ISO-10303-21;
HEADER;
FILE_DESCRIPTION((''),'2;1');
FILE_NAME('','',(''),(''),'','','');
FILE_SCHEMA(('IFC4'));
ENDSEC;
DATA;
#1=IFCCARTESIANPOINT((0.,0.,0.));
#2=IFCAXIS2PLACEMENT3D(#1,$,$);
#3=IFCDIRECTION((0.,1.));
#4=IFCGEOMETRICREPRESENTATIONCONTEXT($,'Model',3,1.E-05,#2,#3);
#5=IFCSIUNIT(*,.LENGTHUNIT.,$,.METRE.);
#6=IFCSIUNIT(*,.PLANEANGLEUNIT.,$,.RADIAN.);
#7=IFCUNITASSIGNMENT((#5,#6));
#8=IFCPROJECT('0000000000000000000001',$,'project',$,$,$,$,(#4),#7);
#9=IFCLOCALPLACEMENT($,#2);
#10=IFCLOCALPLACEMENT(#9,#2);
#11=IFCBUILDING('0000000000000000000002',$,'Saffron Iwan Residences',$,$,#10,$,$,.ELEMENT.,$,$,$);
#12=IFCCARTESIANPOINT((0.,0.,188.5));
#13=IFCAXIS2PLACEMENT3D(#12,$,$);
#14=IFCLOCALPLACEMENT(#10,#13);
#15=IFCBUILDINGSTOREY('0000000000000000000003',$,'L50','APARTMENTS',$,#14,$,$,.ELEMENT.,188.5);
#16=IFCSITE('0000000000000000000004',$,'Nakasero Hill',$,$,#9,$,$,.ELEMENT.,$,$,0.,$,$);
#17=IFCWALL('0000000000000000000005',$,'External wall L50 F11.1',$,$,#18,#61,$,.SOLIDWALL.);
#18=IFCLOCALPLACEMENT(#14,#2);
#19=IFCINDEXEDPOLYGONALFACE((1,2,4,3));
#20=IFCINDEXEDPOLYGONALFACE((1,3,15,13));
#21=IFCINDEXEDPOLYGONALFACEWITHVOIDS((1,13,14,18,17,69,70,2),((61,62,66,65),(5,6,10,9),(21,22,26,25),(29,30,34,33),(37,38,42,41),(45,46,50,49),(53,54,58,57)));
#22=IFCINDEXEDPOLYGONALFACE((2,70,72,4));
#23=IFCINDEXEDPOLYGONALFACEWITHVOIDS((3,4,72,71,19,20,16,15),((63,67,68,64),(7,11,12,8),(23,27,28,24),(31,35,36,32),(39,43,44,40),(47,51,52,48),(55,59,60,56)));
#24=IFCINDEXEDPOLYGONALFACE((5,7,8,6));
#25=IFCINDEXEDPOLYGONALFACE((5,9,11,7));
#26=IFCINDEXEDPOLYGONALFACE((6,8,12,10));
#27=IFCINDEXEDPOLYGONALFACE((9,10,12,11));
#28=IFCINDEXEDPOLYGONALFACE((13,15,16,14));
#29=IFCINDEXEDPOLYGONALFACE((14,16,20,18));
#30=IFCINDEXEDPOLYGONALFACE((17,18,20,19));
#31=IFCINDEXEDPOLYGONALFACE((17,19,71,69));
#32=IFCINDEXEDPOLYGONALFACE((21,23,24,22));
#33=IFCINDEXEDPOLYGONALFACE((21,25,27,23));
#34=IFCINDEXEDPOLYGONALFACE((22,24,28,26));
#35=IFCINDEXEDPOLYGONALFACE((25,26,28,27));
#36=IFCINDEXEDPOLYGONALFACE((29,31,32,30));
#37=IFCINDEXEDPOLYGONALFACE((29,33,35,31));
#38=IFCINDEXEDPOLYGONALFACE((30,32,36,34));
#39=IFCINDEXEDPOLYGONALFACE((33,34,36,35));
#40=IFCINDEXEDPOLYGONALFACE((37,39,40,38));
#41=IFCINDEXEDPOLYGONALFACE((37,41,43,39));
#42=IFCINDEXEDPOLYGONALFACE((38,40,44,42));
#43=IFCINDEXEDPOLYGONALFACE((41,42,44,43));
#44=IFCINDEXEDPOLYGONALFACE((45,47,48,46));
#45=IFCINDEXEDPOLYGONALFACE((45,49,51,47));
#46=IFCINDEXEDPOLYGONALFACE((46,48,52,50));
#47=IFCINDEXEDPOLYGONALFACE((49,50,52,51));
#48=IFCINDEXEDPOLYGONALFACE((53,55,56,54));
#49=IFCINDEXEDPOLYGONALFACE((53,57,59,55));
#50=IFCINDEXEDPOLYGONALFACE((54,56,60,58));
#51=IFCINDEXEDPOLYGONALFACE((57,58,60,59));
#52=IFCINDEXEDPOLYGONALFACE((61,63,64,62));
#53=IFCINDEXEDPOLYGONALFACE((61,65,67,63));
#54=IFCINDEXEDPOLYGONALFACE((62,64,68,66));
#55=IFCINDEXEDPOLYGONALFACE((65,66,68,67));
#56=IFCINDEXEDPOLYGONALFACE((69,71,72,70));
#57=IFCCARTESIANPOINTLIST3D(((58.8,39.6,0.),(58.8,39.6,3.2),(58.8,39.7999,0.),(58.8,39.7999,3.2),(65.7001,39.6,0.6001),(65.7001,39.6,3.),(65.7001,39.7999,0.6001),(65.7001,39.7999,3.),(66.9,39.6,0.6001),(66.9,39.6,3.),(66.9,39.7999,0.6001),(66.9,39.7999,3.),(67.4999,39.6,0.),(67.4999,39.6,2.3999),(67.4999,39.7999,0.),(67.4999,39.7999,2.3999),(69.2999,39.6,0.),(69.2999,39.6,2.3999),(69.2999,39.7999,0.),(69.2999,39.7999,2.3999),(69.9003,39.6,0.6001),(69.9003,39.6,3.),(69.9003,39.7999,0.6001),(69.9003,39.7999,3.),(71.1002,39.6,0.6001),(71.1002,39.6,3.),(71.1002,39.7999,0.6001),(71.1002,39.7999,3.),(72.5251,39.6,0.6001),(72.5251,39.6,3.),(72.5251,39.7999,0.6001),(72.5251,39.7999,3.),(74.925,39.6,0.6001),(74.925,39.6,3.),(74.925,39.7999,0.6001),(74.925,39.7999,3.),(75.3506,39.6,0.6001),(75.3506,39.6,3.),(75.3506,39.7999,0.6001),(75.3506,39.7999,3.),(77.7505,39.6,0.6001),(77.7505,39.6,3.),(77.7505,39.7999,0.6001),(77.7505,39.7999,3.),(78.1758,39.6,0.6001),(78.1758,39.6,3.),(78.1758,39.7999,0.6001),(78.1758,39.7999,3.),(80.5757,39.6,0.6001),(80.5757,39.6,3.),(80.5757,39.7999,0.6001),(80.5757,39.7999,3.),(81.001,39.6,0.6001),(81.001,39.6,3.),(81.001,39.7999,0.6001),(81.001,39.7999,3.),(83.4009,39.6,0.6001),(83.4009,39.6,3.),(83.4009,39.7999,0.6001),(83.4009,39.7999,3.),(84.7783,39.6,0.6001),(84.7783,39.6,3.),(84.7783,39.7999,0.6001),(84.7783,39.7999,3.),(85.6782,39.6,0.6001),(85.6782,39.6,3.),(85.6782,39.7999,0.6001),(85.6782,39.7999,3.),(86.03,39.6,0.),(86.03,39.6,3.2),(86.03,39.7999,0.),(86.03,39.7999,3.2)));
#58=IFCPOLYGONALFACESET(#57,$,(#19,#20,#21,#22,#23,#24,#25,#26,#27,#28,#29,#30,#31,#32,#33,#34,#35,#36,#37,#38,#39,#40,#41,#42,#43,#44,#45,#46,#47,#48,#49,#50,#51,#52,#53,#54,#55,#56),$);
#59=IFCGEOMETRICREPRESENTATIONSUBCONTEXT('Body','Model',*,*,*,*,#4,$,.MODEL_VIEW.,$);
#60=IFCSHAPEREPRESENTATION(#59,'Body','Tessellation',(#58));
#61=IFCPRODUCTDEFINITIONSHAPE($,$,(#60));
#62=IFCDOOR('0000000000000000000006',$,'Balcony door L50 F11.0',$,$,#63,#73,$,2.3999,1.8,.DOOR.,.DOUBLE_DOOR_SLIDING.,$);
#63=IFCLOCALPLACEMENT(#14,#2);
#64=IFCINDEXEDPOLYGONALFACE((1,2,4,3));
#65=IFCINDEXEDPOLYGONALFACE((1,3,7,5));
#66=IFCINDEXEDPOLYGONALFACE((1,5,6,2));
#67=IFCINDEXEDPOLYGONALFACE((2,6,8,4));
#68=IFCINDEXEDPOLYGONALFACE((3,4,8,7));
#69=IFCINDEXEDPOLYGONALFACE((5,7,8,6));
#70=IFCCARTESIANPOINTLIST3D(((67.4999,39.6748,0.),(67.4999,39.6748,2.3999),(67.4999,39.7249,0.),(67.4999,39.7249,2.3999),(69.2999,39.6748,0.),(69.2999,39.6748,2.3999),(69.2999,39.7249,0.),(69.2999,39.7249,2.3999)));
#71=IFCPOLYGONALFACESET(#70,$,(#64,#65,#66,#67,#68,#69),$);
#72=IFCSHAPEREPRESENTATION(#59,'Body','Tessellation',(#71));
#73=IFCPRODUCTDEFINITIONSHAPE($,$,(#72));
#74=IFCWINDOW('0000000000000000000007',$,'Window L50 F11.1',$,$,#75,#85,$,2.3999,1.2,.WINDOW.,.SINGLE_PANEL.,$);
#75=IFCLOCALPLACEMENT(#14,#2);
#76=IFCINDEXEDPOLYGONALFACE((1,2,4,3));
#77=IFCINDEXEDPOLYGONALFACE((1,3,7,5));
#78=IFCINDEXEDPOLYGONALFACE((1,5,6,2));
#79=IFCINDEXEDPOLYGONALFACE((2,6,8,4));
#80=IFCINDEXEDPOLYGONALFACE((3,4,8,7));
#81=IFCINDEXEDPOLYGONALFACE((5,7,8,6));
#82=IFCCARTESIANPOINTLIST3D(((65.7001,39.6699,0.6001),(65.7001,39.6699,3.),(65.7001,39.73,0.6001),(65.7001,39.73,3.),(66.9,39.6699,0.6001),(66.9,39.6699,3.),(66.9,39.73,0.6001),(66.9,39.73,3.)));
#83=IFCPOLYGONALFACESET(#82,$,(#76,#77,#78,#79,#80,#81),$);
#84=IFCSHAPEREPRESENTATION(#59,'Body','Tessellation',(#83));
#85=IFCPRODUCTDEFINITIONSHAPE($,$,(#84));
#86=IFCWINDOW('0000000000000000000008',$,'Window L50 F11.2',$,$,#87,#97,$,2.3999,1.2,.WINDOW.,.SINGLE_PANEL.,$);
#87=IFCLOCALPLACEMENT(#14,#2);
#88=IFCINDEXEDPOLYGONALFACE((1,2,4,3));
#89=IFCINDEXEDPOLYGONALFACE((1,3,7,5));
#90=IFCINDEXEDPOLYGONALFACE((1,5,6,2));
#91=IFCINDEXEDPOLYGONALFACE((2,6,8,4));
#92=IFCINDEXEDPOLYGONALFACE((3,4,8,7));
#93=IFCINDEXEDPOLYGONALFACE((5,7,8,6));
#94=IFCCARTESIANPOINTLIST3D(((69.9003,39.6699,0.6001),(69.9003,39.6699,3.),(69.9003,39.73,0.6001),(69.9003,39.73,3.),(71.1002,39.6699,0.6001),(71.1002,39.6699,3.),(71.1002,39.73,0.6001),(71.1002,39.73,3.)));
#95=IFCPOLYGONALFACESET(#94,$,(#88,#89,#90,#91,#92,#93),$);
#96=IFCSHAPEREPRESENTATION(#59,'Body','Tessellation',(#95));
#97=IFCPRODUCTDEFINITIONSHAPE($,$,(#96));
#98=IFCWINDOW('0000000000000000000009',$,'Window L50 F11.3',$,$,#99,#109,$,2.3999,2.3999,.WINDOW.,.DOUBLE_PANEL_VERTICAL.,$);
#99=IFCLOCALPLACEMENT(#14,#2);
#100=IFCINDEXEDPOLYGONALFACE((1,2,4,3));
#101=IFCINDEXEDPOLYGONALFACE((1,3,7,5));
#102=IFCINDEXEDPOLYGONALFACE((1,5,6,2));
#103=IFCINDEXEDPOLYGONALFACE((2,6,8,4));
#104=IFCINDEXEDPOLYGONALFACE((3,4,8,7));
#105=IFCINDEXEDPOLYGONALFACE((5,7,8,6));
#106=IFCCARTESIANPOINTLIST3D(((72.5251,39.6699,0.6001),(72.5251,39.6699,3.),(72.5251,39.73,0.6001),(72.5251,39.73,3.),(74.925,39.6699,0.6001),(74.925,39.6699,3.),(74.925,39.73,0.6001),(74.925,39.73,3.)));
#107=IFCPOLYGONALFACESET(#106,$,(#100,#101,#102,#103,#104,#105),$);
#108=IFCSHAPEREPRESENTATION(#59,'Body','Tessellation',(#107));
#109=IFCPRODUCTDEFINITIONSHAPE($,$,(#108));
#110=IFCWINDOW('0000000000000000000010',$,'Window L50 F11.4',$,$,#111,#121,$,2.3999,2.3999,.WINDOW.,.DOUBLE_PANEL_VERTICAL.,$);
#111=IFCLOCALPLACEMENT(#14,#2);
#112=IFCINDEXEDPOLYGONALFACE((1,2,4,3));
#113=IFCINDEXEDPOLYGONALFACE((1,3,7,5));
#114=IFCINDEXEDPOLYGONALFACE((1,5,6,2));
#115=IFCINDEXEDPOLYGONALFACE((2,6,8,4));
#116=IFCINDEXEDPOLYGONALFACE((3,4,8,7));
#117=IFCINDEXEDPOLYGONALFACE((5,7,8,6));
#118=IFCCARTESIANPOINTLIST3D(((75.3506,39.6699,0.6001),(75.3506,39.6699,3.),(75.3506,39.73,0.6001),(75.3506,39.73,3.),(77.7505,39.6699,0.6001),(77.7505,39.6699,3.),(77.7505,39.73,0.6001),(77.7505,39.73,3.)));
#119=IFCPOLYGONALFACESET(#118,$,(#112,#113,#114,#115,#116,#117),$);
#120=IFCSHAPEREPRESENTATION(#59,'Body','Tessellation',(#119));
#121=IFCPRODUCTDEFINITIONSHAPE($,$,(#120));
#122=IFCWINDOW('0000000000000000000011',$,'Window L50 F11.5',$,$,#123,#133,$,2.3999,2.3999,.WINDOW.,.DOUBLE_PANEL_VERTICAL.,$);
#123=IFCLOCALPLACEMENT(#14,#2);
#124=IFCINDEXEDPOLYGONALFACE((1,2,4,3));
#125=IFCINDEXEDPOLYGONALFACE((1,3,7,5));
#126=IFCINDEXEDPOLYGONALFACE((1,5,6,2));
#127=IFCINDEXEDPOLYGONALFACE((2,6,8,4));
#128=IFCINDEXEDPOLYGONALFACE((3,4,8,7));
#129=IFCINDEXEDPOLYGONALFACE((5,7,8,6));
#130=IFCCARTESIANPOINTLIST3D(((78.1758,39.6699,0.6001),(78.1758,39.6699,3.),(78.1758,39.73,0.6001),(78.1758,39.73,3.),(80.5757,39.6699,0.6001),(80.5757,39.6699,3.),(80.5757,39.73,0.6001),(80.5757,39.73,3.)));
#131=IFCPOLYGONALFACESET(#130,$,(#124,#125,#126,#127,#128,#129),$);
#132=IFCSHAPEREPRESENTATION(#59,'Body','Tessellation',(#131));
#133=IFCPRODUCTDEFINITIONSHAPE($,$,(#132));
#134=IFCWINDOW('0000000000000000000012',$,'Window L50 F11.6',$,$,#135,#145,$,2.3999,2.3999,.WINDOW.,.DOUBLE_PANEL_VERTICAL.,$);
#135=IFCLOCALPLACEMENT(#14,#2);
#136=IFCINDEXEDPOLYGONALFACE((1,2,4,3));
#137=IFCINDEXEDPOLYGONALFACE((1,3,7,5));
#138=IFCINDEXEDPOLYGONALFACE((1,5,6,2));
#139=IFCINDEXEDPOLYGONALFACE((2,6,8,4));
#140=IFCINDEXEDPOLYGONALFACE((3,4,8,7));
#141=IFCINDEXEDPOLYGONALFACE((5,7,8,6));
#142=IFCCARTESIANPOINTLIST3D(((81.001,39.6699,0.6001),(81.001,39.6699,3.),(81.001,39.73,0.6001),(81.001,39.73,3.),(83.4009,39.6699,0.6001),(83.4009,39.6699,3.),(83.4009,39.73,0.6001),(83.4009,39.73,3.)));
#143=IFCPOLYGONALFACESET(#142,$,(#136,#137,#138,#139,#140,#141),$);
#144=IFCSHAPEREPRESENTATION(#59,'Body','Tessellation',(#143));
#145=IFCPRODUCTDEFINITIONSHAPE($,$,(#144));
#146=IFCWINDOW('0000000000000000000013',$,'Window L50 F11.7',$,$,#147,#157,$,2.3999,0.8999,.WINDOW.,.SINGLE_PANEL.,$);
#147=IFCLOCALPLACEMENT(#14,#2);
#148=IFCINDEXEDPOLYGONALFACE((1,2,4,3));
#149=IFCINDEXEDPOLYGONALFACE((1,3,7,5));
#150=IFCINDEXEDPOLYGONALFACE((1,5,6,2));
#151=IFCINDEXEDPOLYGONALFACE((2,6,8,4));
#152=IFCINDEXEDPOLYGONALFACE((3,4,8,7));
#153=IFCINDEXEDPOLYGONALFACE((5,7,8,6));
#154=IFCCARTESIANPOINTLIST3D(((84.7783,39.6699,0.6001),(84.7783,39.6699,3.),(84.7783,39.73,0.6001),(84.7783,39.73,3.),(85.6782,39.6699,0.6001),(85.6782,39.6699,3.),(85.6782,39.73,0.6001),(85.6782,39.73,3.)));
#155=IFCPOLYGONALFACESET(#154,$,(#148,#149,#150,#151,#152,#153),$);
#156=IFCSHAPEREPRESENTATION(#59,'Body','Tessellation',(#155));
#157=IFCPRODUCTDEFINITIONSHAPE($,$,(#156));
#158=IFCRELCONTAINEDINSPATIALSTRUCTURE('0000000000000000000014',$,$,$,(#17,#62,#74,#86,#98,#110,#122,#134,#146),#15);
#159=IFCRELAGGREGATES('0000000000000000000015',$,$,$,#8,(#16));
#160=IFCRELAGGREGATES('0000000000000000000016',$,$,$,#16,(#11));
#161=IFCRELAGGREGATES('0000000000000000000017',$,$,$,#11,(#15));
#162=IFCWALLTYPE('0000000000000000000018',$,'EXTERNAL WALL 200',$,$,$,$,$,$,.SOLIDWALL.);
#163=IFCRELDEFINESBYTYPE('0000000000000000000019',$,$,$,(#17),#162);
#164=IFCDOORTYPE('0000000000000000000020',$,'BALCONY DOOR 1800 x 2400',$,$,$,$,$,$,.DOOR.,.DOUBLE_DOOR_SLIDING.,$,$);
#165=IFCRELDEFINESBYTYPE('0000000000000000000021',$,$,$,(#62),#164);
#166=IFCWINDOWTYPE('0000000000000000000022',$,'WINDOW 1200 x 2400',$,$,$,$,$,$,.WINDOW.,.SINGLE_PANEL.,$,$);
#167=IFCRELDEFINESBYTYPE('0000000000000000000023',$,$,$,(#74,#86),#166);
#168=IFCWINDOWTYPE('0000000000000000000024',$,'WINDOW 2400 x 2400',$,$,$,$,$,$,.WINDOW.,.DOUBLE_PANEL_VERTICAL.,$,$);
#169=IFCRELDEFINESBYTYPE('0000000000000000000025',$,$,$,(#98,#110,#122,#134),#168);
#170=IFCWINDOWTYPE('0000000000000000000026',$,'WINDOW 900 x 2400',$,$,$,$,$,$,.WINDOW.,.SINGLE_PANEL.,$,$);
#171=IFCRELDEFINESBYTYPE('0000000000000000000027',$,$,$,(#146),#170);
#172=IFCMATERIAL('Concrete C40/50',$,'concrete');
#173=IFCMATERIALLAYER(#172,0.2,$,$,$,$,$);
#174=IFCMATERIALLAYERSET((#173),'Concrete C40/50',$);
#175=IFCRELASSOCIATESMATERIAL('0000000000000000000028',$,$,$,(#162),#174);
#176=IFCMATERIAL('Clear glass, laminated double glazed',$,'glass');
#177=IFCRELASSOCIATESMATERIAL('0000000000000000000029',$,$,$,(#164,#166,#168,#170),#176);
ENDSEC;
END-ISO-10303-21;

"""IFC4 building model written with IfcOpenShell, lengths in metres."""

from ifc_helpers import new_model, si_unit, direction, frame, frame_2d, origin, place, context, subcontext, project, spatial, rectangle, extrude, material, layer, layer_set, type_object, element, fill, save


model = new_model("IFC4")

# Units and contexts
model_context = context("Model", 3, precision=1e-05, world=origin(), true_north=direction((0.0, 1.0)))
body_context = subcontext(model_context, "Body", "Model", "MODEL_VIEW")
ifc_project = project(units=[si_unit("LENGTHUNIT", "METRE"), si_unit("PLANEANGLEUNIT", "RADIAN")], contexts=[model_context])

# Site, building, storey
site_placement = place(None, origin())
site = spatial("IfcSite", under=ifc_project, at=site_placement, Name="Nakasero Hill", CompositionType="ELEMENT", RefElevation=0.0)
building_placement = place(site_placement, origin())
building = spatial("IfcBuilding", under=site, at=building_placement, Name="Saffron Iwan Residences", CompositionType="ELEMENT")
storey_placement = place(building_placement, frame((0.0, 0.0, 188.5)))
storey = spatial("IfcBuildingStorey", under=building, at=storey_placement, Name="L50", Description="APARTMENTS", CompositionType="ELEMENT", Elevation=188.5)

# Wall, openings, door, windows
ifc_material_1 = material(Name="Concrete C40/50", Category="concrete")
ifc_layer_1 = layer(ifc_material_1, 0.2)
ifc_layer_set_1 = layer_set([ifc_layer_1], Name="Concrete C40/50")
wall_type_1 = type_object("IfcWallType", Name="EXTERNAL WALL 200", PredefinedType="SOLIDWALL", material=ifc_layer_set_1)
wall_1_placement = place(storey_placement, frame((58.8, 39.7, 0.0), z_axis=(0.0, 0.0, 1.0), x_axis=(1.0, 0.0, 0.0)))
wall_1 = element("IfcWall", 1, at=wall_1_placement, inside=storey, type_object=wall_type_1, Name="External wall L50 F11.1", PredefinedType="SOLIDWALL", context=body_context, shape_type="SweptSolid", body=[
    extrude(rectangle(XDim=27.23, YDim=0.2, at=frame_2d((13.615, 0.0))), origin(), (0.0, 0.0, 1.0), 3.2),
])
opening_1_placement = place(wall_1_placement, frame((8.7, 0.0, 0.0)))
opening_1 = element("IfcOpeningElement", 2, at=opening_1_placement, cuts=wall_1, PredefinedType="OPENING", context=body_context, shape_type="SweptSolid", body=[
    extrude(rectangle(XDim=1.8, YDim=2.3999, at=frame_2d((0.8999, 1.2))), frame((0.0, 0.1099, 0.0), z_axis=(0.0, -1.0, 0.0), x_axis=(1.0, 0.0, 0.0)), (0.0, 0.0, 1.0), 0.22),
])
opening_2_placement = place(wall_1_placement, frame((6.8999, 0.0, 0.6001)))
opening_2 = element("IfcOpeningElement", 3, at=opening_2_placement, cuts=wall_1, PredefinedType="OPENING", context=body_context, shape_type="SweptSolid", body=[
    extrude(rectangle(XDim=1.2, YDim=2.3999, at=frame_2d((0.6001, 1.2))), frame((0.0, 0.1099, 0.0), z_axis=(0.0, -1.0, 0.0), x_axis=(1.0, 0.0, 0.0)), (0.0, 0.0, 1.0), 0.22),
])
opening_3_placement = place(wall_1_placement, frame((11.1001, 0.0, 0.6001)))
opening_3 = element("IfcOpeningElement", 4, at=opening_3_placement, cuts=wall_1, PredefinedType="OPENING", context=body_context, shape_type="SweptSolid", body=[
    extrude(rectangle(XDim=1.2, YDim=2.3999, at=frame_2d((0.6001, 1.2))), frame((0.0, 0.1099, 0.0), z_axis=(0.0, -1.0, 0.0), x_axis=(1.0, 0.0, 0.0)), (0.0, 0.0, 1.0), 0.22),
])
opening_4_placement = place(wall_1_placement, frame((13.7251, 0.0, 0.6001)))
opening_4 = element("IfcOpeningElement", 5, at=opening_4_placement, cuts=wall_1, PredefinedType="OPENING", context=body_context, shape_type="SweptSolid", body=[
    extrude(rectangle(XDim=2.3999, YDim=2.3999, at=frame_2d((1.2, 1.2))), frame((0.0, 0.1099, 0.0), z_axis=(0.0, -1.0, 0.0), x_axis=(1.0, 0.0, 0.0)), (0.0, 0.0, 1.0), 0.22),
])
opening_5_placement = place(wall_1_placement, frame((16.5505, 0.0, 0.6001)))
opening_5 = element("IfcOpeningElement", 6, at=opening_5_placement, cuts=wall_1, PredefinedType="OPENING", context=body_context, shape_type="SweptSolid", body=[
    extrude(rectangle(XDim=2.3999, YDim=2.3999, at=frame_2d((1.2, 1.2))), frame((0.0, 0.1099, 0.0), z_axis=(0.0, -1.0, 0.0), x_axis=(1.0, 0.0, 0.0)), (0.0, 0.0, 1.0), 0.22),
])
opening_6_placement = place(wall_1_placement, frame((19.3757, 0.0, 0.6001)))
opening_6 = element("IfcOpeningElement", 7, at=opening_6_placement, cuts=wall_1, PredefinedType="OPENING", context=body_context, shape_type="SweptSolid", body=[
    extrude(rectangle(XDim=2.3999, YDim=2.3999, at=frame_2d((1.2, 1.2))), frame((0.0, 0.1099, 0.0), z_axis=(0.0, -1.0, 0.0), x_axis=(1.0, 0.0, 0.0)), (0.0, 0.0, 1.0), 0.22),
])
opening_7_placement = place(wall_1_placement, frame((22.2009, 0.0, 0.6001)))
opening_7 = element("IfcOpeningElement", 8, at=opening_7_placement, cuts=wall_1, PredefinedType="OPENING", context=body_context, shape_type="SweptSolid", body=[
    extrude(rectangle(XDim=2.3999, YDim=2.3999, at=frame_2d((1.2, 1.2))), frame((0.0, 0.1099, 0.0), z_axis=(0.0, -1.0, 0.0), x_axis=(1.0, 0.0, 0.0)), (0.0, 0.0, 1.0), 0.22),
])
opening_8_placement = place(wall_1_placement, frame((25.9783, 0.0, 0.6001)))
opening_8 = element("IfcOpeningElement", 9, at=opening_8_placement, cuts=wall_1, PredefinedType="OPENING", context=body_context, shape_type="SweptSolid", body=[
    extrude(rectangle(XDim=0.8999, YDim=2.3999, at=frame_2d((0.45, 1.2))), frame((0.0, 0.1099, 0.0), z_axis=(0.0, -1.0, 0.0), x_axis=(1.0, 0.0, 0.0)), (0.0, 0.0, 1.0), 0.22),
])
ifc_material_2 = material(Name="Clear glass, laminated double glazed", Category="glass")
door_type_1 = type_object("IfcDoorType", Name="BALCONY DOOR 1800 x 2400", OperationType="DOUBLE_DOOR_SLIDING", PredefinedType="DOOR", material=ifc_material_2)
door_1_placement = place(opening_1_placement, origin())
door_1 = element("IfcDoor", 10, at=door_1_placement, inside=storey, type_object=door_type_1, Name="Balcony door L50 F11.0", OperationType="DOUBLE_DOOR_SLIDING", OverallHeight=2.3999, OverallWidth=1.8, PredefinedType="DOOR", context=body_context, shape_type="SweptSolid", body=[
    extrude(rectangle(XDim=1.8, YDim=2.3999, at=frame_2d((0.8999, 1.2))), frame((0.0, 0.0249, 0.0), z_axis=(0.0, -1.0, 0.0), x_axis=(1.0, 0.0, 0.0)), (0.0, 0.0, 1.0), 0.05),
])
fill(opening_1, door_1)
window_type_1 = type_object("IfcWindowType", Name="WINDOW 1200 x 2400", PartitioningType="SINGLE_PANEL", PredefinedType="WINDOW", material=ifc_material_2)
window_1_placement = place(opening_2_placement, origin())
window_1 = element("IfcWindow", 11, at=window_1_placement, inside=storey, type_object=window_type_1, Name="Window L50 F11.1", OverallHeight=2.3999, OverallWidth=1.2, PartitioningType="SINGLE_PANEL", PredefinedType="WINDOW", context=body_context, shape_type="SweptSolid", body=[
    extrude(rectangle(XDim=1.2, YDim=2.3999, at=frame_2d((0.6001, 1.2))), frame((0.0, 0.03, 0.0), z_axis=(0.0, -1.0, 0.0), x_axis=(1.0, 0.0, 0.0)), (0.0, 0.0, 1.0), 0.0601),
])
fill(opening_2, window_1)
window_2_placement = place(opening_3_placement, origin())
window_2 = element("IfcWindow", 12, at=window_2_placement, inside=storey, type_object=window_type_1, Name="Window L50 F11.2", OverallHeight=2.3999, OverallWidth=1.2, PartitioningType="SINGLE_PANEL", PredefinedType="WINDOW", context=body_context, shape_type="SweptSolid", body=[
    extrude(rectangle(XDim=1.2, YDim=2.3999, at=frame_2d((0.6001, 1.2))), frame((0.0, 0.03, 0.0), z_axis=(0.0, -1.0, 0.0), x_axis=(1.0, 0.0, 0.0)), (0.0, 0.0, 1.0), 0.0601),
])
fill(opening_3, window_2)
window_type_2 = type_object("IfcWindowType", Name="WINDOW 2400 x 2400", PartitioningType="DOUBLE_PANEL_VERTICAL", PredefinedType="WINDOW", material=ifc_material_2)
window_3_placement = place(opening_4_placement, origin())
window_3 = element("IfcWindow", 13, at=window_3_placement, inside=storey, type_object=window_type_2, Name="Window L50 F11.3", OverallHeight=2.3999, OverallWidth=2.3999, PartitioningType="DOUBLE_PANEL_VERTICAL", PredefinedType="WINDOW", context=body_context, shape_type="SweptSolid", body=[
    extrude(rectangle(XDim=2.3999, YDim=2.3999, at=frame_2d((1.2, 1.2))), frame((0.0, 0.03, 0.0), z_axis=(0.0, -1.0, 0.0), x_axis=(1.0, 0.0, 0.0)), (0.0, 0.0, 1.0), 0.0601),
])
fill(opening_4, window_3)
window_4_placement = place(opening_5_placement, origin())
window_4 = element("IfcWindow", 14, at=window_4_placement, inside=storey, type_object=window_type_2, Name="Window L50 F11.4", OverallHeight=2.3999, OverallWidth=2.3999, PartitioningType="DOUBLE_PANEL_VERTICAL", PredefinedType="WINDOW", context=body_context, shape_type="SweptSolid", body=[
    extrude(rectangle(XDim=2.3999, YDim=2.3999, at=frame_2d((1.2, 1.2))), frame((0.0, 0.03, 0.0), z_axis=(0.0, -1.0, 0.0), x_axis=(1.0, 0.0, 0.0)), (0.0, 0.0, 1.0), 0.0601),
])
fill(opening_5, window_4)
window_5_placement = place(opening_6_placement, origin())
window_5 = element("IfcWindow", 15, at=window_5_placement, inside=storey, type_object=window_type_2, Name="Window L50 F11.5", OverallHeight=2.3999, OverallWidth=2.3999, PartitioningType="DOUBLE_PANEL_VERTICAL", PredefinedType="WINDOW", context=body_context, shape_type="SweptSolid", body=[
    extrude(rectangle(XDim=2.3999, YDim=2.3999, at=frame_2d((1.2, 1.2))), frame((0.0, 0.03, 0.0), z_axis=(0.0, -1.0, 0.0), x_axis=(1.0, 0.0, 0.0)), (0.0, 0.0, 1.0), 0.0601),
])
fill(opening_6, window_5)
window_6_placement = place(opening_7_placement, origin())
window_6 = element("IfcWindow", 16, at=window_6_placement, inside=storey, type_object=window_type_2, Name="Window L50 F11.6", OverallHeight=2.3999, OverallWidth=2.3999, PartitioningType="DOUBLE_PANEL_VERTICAL", PredefinedType="WINDOW", context=body_context, shape_type="SweptSolid", body=[
    extrude(rectangle(XDim=2.3999, YDim=2.3999, at=frame_2d((1.2, 1.2))), frame((0.0, 0.03, 0.0), z_axis=(0.0, -1.0, 0.0), x_axis=(1.0, 0.0, 0.0)), (0.0, 0.0, 1.0), 0.0601),
])
fill(opening_7, window_6)
window_type_3 = type_object("IfcWindowType", Name="WINDOW 900 x 2400", PartitioningType="SINGLE_PANEL", PredefinedType="WINDOW", material=ifc_material_2)
window_7_placement = place(opening_8_placement, origin())
window_7 = element("IfcWindow", 17, at=window_7_placement, inside=storey, type_object=window_type_3, Name="Window L50 F11.7", OverallHeight=2.3999, OverallWidth=0.8999, PartitioningType="SINGLE_PANEL", PredefinedType="WINDOW", context=body_context, shape_type="SweptSolid", body=[
    extrude(rectangle(XDim=0.8999, YDim=2.3999, at=frame_2d((0.45, 1.2))), frame((0.0, 0.03, 0.0), z_axis=(0.0, -1.0, 0.0), x_axis=(1.0, 0.0, 0.0)), (0.0, 0.0, 1.0), 0.0601),
])
fill(opening_8, window_7)

save(model, "model.ifc")
